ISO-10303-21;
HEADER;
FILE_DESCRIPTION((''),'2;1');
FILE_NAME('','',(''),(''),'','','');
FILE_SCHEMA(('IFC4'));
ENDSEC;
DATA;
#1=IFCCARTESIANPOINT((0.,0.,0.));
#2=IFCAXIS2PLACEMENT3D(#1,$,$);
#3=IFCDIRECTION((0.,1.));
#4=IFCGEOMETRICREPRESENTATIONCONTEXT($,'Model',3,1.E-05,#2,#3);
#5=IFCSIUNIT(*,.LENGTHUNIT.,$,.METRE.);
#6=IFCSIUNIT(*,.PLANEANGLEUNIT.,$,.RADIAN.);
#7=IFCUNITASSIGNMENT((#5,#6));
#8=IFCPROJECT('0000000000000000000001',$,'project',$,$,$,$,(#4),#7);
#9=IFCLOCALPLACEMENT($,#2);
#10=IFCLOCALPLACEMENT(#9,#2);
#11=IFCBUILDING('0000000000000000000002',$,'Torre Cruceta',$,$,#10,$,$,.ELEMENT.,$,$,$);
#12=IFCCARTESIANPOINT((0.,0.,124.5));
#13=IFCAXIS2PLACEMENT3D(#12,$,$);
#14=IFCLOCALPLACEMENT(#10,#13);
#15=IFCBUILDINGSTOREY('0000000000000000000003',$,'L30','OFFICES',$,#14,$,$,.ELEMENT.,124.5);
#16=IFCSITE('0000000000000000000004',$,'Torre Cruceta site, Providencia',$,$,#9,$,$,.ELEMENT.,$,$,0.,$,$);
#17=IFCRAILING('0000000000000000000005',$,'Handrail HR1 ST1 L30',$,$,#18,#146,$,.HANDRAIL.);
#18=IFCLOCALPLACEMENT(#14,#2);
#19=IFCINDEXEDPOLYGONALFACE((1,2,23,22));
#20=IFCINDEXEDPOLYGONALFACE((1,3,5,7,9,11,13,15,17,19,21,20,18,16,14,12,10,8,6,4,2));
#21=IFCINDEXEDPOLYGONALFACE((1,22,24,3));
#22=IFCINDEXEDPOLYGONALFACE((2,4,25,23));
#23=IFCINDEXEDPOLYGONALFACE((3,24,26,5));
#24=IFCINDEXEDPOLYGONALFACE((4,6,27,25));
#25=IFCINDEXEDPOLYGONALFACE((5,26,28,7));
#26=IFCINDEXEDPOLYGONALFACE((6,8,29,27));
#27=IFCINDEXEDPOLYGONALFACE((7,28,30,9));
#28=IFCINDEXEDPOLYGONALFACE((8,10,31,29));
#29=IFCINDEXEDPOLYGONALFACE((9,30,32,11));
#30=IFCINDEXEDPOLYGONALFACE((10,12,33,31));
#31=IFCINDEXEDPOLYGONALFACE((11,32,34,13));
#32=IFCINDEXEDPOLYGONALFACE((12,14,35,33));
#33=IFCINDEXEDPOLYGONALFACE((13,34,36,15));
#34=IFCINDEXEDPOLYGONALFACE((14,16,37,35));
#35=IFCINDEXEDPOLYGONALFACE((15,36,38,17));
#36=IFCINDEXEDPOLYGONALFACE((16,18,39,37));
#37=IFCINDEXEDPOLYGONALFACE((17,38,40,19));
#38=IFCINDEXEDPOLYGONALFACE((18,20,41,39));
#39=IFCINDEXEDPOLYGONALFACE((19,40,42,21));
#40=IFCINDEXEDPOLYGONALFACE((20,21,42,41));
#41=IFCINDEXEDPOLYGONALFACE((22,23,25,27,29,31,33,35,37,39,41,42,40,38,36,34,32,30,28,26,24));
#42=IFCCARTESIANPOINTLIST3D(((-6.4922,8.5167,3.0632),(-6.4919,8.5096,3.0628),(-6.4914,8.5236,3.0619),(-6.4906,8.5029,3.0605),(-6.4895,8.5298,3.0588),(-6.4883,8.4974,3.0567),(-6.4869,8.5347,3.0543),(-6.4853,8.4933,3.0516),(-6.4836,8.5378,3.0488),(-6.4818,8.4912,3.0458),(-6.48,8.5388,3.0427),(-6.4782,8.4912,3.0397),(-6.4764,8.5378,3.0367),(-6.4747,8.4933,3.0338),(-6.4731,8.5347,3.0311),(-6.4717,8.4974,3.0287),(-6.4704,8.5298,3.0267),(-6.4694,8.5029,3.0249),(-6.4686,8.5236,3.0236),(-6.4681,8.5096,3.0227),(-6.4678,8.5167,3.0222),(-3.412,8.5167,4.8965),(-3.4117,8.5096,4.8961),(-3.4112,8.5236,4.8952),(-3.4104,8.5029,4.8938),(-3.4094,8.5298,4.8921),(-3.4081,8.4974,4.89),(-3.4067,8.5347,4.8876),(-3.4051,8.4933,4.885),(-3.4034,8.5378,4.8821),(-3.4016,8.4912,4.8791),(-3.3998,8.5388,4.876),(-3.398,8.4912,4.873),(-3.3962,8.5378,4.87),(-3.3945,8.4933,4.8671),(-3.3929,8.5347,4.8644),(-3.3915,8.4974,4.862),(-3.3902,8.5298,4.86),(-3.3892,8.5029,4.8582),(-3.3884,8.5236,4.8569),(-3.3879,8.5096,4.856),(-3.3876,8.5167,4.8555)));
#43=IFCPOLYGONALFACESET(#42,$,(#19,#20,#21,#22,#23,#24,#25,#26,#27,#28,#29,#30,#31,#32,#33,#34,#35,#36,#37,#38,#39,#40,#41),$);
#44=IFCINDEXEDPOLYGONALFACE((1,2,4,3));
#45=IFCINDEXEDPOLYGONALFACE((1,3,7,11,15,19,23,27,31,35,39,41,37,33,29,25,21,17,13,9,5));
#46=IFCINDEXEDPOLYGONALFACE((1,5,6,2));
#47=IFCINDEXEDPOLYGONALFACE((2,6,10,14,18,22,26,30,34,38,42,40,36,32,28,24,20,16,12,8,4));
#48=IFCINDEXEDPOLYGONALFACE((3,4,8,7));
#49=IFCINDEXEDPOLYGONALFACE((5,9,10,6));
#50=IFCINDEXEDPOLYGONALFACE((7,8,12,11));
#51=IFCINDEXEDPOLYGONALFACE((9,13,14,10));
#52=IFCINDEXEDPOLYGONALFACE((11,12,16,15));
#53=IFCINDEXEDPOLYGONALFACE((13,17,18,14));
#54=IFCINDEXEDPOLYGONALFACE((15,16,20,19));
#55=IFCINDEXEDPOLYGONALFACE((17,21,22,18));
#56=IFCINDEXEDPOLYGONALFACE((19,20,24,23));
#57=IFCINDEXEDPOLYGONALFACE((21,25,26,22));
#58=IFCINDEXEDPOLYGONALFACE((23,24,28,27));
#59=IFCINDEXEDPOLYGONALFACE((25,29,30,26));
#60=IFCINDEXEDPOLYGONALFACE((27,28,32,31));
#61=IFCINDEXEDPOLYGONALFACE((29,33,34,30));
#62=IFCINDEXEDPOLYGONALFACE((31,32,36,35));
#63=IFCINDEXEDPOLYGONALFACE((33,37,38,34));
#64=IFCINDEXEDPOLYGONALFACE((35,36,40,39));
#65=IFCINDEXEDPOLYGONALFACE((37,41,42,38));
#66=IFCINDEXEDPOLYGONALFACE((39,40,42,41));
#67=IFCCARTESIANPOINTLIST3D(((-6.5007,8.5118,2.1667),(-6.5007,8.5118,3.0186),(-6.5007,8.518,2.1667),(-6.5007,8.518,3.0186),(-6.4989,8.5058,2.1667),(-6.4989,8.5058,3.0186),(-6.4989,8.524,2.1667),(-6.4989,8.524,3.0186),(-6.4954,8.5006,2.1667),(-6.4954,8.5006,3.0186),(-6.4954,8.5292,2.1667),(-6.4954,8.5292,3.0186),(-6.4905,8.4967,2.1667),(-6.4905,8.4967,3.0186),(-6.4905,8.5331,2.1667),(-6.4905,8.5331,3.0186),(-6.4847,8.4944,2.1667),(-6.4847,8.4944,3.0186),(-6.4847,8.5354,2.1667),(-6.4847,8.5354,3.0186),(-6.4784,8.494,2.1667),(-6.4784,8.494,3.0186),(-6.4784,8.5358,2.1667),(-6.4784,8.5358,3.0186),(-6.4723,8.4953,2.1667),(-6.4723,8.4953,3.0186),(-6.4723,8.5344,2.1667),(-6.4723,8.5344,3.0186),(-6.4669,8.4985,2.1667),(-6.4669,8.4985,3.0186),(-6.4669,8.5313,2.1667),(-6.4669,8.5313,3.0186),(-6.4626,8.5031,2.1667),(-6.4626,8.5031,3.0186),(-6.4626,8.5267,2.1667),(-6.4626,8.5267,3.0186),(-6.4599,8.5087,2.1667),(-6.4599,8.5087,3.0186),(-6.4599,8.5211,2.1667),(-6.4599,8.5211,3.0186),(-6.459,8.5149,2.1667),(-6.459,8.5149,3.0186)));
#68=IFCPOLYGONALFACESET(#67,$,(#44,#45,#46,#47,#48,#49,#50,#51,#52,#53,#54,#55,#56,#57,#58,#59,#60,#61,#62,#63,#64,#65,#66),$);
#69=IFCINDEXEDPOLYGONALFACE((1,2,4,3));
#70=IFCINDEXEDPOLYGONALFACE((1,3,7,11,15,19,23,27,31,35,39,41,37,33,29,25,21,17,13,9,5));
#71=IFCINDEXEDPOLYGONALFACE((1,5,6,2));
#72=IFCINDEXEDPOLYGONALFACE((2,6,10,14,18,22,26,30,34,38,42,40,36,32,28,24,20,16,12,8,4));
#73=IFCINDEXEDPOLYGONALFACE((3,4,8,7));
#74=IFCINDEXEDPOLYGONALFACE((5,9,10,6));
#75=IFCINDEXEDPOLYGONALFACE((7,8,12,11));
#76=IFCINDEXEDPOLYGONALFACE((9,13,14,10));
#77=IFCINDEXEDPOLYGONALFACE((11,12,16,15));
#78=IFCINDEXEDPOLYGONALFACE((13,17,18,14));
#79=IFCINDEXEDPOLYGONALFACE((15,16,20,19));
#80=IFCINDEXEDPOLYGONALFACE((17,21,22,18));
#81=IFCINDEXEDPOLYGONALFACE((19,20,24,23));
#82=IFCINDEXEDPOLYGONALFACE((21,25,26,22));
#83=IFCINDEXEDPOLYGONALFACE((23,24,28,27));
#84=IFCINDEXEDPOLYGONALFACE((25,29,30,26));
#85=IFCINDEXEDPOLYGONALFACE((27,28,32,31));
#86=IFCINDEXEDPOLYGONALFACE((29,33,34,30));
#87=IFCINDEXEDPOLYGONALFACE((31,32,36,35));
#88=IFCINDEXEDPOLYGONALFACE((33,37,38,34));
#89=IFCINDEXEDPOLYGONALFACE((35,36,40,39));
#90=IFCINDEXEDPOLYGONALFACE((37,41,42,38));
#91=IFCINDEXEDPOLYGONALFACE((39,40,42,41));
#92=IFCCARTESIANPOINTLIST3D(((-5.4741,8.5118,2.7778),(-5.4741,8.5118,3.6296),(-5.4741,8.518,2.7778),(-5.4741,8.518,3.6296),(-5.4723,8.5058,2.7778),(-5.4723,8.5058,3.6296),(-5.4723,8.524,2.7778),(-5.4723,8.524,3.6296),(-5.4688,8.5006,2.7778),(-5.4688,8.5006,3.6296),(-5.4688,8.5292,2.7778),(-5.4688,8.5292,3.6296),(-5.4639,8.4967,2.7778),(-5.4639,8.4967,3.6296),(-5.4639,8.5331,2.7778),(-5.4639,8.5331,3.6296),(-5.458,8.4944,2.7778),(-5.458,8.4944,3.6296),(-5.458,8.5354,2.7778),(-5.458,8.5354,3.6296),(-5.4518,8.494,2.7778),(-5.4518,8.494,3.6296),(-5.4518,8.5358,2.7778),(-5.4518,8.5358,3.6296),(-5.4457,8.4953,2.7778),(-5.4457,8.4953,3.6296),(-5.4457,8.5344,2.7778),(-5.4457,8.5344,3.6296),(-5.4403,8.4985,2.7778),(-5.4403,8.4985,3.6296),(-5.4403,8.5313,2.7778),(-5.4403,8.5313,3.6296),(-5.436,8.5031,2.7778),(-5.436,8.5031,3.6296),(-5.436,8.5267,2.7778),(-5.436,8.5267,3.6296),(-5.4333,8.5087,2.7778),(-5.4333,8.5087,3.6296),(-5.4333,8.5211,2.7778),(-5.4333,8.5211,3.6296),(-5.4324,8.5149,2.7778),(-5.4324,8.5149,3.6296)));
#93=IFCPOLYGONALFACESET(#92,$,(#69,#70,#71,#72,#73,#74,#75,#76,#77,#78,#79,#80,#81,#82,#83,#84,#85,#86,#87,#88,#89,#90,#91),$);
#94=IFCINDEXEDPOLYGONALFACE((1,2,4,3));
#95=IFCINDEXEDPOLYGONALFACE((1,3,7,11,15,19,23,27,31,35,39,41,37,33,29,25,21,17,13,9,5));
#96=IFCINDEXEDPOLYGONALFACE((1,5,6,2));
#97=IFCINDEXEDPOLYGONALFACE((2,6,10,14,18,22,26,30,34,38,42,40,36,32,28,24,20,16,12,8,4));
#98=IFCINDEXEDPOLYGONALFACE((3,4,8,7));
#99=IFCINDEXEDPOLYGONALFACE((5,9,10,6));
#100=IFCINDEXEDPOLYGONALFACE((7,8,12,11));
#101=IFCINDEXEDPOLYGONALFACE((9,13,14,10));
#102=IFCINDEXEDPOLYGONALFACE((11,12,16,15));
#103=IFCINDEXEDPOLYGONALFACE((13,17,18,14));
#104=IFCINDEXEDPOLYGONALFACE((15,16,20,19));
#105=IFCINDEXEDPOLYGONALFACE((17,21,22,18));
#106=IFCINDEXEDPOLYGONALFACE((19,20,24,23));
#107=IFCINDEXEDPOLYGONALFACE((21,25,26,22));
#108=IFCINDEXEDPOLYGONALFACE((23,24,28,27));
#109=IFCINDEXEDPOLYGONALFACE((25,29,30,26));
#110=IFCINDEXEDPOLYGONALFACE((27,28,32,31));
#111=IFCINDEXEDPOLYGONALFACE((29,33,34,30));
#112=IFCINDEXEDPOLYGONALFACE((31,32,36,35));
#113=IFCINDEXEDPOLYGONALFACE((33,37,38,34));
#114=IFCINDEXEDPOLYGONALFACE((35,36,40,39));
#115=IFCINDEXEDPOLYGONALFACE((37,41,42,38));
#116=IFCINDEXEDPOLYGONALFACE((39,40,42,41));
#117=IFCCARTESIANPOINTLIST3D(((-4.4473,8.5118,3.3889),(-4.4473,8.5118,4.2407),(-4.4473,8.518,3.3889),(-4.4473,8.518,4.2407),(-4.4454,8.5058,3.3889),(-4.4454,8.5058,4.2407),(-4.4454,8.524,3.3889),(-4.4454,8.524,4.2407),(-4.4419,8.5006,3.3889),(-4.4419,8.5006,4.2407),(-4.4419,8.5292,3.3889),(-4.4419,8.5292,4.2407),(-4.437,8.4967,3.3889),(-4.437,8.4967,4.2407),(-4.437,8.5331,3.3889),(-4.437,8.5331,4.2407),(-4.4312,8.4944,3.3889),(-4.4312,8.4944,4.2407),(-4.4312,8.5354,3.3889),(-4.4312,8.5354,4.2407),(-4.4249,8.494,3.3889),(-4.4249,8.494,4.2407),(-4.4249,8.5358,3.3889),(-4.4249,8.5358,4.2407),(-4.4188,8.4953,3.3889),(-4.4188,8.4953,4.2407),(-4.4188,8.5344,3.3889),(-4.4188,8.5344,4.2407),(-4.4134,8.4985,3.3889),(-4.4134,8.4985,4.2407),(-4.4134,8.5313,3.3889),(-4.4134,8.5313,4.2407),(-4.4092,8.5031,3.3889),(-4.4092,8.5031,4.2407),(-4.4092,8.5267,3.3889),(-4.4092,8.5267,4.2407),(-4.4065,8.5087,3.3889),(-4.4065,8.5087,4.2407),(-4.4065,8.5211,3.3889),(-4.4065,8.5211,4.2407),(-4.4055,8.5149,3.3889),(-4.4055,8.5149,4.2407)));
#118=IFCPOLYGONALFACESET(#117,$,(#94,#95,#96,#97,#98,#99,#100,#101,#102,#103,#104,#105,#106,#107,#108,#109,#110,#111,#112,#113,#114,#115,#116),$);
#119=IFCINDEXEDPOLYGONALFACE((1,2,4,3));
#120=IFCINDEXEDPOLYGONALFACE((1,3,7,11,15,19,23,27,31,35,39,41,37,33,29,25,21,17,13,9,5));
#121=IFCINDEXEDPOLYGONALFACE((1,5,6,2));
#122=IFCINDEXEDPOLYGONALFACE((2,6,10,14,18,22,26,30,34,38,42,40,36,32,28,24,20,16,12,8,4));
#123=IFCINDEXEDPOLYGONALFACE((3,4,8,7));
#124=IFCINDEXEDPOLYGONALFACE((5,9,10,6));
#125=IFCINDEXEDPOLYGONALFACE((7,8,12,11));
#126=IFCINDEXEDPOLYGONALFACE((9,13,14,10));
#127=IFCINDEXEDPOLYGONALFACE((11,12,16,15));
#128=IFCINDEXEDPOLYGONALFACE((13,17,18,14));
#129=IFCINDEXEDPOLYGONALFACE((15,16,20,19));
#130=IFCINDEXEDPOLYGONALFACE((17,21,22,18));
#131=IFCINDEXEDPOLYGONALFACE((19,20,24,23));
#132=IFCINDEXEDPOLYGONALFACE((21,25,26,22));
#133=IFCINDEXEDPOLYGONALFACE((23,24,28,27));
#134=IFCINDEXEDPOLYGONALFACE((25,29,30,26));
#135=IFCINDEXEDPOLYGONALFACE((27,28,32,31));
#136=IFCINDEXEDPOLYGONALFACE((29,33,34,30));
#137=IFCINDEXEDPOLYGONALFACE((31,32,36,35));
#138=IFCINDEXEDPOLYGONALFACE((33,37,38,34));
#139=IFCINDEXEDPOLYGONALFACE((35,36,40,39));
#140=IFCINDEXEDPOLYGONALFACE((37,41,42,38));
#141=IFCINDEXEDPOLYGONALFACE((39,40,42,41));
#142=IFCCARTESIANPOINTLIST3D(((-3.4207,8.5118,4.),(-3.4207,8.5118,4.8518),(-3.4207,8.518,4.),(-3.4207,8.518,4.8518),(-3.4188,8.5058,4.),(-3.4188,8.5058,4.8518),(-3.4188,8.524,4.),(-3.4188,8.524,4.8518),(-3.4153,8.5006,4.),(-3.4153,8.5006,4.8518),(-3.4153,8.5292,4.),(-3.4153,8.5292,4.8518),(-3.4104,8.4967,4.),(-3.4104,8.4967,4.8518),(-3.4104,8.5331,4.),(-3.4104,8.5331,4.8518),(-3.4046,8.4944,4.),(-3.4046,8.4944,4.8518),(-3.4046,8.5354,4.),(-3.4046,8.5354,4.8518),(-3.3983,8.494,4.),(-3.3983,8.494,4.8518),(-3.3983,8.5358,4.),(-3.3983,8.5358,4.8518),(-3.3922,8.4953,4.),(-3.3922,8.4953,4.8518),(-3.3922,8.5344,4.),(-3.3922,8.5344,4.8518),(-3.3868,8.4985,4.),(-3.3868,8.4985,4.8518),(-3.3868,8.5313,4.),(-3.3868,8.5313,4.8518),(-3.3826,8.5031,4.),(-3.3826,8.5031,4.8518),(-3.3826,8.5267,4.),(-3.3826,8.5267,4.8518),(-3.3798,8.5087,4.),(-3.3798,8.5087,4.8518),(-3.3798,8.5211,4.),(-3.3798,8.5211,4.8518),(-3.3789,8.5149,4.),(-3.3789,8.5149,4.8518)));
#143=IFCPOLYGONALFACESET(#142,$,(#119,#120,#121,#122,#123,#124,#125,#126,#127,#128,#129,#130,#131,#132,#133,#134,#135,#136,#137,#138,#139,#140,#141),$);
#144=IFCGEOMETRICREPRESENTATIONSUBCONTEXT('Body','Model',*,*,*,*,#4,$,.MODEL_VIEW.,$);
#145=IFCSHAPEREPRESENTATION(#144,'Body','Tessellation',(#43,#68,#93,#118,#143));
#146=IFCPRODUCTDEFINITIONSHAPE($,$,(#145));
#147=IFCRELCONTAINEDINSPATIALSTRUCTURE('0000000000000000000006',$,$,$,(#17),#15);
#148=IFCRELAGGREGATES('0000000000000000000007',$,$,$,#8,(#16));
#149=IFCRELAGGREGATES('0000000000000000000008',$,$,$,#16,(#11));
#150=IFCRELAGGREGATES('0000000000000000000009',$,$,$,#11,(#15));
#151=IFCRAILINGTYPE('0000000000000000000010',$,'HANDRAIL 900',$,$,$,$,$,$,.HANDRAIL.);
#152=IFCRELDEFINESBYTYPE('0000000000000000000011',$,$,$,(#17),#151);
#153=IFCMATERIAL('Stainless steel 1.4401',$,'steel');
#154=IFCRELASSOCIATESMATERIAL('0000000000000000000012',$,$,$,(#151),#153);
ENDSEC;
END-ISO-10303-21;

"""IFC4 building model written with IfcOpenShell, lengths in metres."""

from ifc_helpers import new_model, si_unit, direction, frame, origin, origin_2d, place, context, subcontext, project, spatial, circle, extrude, material, type_object, element, save


model = new_model("IFC4")

# Units and contexts
model_context = context("Model", 3, precision=1e-05, world=origin(), true_north=direction((0.0, 1.0)))
body_context = subcontext(model_context, "Body", "Model", "MODEL_VIEW")
ifc_project = project(units=[si_unit("LENGTHUNIT", "METRE"), si_unit("PLANEANGLEUNIT", "RADIAN")], contexts=[model_context])

# Site, building, storey
site_placement = place(None, origin())
site = spatial("IfcSite", under=ifc_project, at=site_placement, Name="Torre Cruceta site, Providencia", CompositionType="ELEMENT", RefElevation=0.0)
building_placement = place(site_placement, origin())
building = spatial("IfcBuilding", under=site, at=building_placement, Name="Torre Cruceta", CompositionType="ELEMENT")
storey_placement = place(building_placement, frame((0.0, 0.0, 124.5)))
storey = spatial("IfcBuildingStorey", under=building, at=storey_placement, Name="L30", Description="OFFICES", CompositionType="ELEMENT", Elevation=124.5)

# Railing
ifc_material_1 = material(Name="Stainless steel 1.4401", Category="steel")
railing_type = type_object("IfcRailingType", Name="HANDRAIL 900", PredefinedType="HANDRAIL", material=ifc_material_1)
railing_placement = place(storey_placement, frame((-6.48, 8.5149, 2.1667)))
element("IfcRailing", 1, at=railing_placement, inside=storey, type_object=railing_type, Name="Handrail HR1 ST1 L30", PredefinedType="HANDRAIL", context=body_context, shape_type="SweptSolid", body=[
    extrude(circle(Radius=0.0239, at=origin_2d()), frame((0.0, 0.0, 0.876), z_axis=(0.859309, 0.0, 0.511458), x_axis=(0.0, 1.0, 0.0)), (0.0, 0.0, 1.0), 3.5845),
    extrude(circle(Radius=0.021, at=origin_2d()), origin(), (0.0, 0.0, 1.0), 0.8518),
    extrude(circle(Radius=0.021, at=origin_2d()), frame((1.0266, 0.0, 0.6111)), (0.0, 0.0, 1.0), 0.8518),
    extrude(circle(Radius=0.021, at=origin_2d()), frame((2.0535, 0.0, 1.2222)), (0.0, 0.0, 1.0), 0.8518),
    extrude(circle(Radius=0.021, at=origin_2d()), frame((3.0801, 0.0, 1.8333)), (0.0, 0.0, 1.0), 0.8518),
])

save(model, "model.ifc")
